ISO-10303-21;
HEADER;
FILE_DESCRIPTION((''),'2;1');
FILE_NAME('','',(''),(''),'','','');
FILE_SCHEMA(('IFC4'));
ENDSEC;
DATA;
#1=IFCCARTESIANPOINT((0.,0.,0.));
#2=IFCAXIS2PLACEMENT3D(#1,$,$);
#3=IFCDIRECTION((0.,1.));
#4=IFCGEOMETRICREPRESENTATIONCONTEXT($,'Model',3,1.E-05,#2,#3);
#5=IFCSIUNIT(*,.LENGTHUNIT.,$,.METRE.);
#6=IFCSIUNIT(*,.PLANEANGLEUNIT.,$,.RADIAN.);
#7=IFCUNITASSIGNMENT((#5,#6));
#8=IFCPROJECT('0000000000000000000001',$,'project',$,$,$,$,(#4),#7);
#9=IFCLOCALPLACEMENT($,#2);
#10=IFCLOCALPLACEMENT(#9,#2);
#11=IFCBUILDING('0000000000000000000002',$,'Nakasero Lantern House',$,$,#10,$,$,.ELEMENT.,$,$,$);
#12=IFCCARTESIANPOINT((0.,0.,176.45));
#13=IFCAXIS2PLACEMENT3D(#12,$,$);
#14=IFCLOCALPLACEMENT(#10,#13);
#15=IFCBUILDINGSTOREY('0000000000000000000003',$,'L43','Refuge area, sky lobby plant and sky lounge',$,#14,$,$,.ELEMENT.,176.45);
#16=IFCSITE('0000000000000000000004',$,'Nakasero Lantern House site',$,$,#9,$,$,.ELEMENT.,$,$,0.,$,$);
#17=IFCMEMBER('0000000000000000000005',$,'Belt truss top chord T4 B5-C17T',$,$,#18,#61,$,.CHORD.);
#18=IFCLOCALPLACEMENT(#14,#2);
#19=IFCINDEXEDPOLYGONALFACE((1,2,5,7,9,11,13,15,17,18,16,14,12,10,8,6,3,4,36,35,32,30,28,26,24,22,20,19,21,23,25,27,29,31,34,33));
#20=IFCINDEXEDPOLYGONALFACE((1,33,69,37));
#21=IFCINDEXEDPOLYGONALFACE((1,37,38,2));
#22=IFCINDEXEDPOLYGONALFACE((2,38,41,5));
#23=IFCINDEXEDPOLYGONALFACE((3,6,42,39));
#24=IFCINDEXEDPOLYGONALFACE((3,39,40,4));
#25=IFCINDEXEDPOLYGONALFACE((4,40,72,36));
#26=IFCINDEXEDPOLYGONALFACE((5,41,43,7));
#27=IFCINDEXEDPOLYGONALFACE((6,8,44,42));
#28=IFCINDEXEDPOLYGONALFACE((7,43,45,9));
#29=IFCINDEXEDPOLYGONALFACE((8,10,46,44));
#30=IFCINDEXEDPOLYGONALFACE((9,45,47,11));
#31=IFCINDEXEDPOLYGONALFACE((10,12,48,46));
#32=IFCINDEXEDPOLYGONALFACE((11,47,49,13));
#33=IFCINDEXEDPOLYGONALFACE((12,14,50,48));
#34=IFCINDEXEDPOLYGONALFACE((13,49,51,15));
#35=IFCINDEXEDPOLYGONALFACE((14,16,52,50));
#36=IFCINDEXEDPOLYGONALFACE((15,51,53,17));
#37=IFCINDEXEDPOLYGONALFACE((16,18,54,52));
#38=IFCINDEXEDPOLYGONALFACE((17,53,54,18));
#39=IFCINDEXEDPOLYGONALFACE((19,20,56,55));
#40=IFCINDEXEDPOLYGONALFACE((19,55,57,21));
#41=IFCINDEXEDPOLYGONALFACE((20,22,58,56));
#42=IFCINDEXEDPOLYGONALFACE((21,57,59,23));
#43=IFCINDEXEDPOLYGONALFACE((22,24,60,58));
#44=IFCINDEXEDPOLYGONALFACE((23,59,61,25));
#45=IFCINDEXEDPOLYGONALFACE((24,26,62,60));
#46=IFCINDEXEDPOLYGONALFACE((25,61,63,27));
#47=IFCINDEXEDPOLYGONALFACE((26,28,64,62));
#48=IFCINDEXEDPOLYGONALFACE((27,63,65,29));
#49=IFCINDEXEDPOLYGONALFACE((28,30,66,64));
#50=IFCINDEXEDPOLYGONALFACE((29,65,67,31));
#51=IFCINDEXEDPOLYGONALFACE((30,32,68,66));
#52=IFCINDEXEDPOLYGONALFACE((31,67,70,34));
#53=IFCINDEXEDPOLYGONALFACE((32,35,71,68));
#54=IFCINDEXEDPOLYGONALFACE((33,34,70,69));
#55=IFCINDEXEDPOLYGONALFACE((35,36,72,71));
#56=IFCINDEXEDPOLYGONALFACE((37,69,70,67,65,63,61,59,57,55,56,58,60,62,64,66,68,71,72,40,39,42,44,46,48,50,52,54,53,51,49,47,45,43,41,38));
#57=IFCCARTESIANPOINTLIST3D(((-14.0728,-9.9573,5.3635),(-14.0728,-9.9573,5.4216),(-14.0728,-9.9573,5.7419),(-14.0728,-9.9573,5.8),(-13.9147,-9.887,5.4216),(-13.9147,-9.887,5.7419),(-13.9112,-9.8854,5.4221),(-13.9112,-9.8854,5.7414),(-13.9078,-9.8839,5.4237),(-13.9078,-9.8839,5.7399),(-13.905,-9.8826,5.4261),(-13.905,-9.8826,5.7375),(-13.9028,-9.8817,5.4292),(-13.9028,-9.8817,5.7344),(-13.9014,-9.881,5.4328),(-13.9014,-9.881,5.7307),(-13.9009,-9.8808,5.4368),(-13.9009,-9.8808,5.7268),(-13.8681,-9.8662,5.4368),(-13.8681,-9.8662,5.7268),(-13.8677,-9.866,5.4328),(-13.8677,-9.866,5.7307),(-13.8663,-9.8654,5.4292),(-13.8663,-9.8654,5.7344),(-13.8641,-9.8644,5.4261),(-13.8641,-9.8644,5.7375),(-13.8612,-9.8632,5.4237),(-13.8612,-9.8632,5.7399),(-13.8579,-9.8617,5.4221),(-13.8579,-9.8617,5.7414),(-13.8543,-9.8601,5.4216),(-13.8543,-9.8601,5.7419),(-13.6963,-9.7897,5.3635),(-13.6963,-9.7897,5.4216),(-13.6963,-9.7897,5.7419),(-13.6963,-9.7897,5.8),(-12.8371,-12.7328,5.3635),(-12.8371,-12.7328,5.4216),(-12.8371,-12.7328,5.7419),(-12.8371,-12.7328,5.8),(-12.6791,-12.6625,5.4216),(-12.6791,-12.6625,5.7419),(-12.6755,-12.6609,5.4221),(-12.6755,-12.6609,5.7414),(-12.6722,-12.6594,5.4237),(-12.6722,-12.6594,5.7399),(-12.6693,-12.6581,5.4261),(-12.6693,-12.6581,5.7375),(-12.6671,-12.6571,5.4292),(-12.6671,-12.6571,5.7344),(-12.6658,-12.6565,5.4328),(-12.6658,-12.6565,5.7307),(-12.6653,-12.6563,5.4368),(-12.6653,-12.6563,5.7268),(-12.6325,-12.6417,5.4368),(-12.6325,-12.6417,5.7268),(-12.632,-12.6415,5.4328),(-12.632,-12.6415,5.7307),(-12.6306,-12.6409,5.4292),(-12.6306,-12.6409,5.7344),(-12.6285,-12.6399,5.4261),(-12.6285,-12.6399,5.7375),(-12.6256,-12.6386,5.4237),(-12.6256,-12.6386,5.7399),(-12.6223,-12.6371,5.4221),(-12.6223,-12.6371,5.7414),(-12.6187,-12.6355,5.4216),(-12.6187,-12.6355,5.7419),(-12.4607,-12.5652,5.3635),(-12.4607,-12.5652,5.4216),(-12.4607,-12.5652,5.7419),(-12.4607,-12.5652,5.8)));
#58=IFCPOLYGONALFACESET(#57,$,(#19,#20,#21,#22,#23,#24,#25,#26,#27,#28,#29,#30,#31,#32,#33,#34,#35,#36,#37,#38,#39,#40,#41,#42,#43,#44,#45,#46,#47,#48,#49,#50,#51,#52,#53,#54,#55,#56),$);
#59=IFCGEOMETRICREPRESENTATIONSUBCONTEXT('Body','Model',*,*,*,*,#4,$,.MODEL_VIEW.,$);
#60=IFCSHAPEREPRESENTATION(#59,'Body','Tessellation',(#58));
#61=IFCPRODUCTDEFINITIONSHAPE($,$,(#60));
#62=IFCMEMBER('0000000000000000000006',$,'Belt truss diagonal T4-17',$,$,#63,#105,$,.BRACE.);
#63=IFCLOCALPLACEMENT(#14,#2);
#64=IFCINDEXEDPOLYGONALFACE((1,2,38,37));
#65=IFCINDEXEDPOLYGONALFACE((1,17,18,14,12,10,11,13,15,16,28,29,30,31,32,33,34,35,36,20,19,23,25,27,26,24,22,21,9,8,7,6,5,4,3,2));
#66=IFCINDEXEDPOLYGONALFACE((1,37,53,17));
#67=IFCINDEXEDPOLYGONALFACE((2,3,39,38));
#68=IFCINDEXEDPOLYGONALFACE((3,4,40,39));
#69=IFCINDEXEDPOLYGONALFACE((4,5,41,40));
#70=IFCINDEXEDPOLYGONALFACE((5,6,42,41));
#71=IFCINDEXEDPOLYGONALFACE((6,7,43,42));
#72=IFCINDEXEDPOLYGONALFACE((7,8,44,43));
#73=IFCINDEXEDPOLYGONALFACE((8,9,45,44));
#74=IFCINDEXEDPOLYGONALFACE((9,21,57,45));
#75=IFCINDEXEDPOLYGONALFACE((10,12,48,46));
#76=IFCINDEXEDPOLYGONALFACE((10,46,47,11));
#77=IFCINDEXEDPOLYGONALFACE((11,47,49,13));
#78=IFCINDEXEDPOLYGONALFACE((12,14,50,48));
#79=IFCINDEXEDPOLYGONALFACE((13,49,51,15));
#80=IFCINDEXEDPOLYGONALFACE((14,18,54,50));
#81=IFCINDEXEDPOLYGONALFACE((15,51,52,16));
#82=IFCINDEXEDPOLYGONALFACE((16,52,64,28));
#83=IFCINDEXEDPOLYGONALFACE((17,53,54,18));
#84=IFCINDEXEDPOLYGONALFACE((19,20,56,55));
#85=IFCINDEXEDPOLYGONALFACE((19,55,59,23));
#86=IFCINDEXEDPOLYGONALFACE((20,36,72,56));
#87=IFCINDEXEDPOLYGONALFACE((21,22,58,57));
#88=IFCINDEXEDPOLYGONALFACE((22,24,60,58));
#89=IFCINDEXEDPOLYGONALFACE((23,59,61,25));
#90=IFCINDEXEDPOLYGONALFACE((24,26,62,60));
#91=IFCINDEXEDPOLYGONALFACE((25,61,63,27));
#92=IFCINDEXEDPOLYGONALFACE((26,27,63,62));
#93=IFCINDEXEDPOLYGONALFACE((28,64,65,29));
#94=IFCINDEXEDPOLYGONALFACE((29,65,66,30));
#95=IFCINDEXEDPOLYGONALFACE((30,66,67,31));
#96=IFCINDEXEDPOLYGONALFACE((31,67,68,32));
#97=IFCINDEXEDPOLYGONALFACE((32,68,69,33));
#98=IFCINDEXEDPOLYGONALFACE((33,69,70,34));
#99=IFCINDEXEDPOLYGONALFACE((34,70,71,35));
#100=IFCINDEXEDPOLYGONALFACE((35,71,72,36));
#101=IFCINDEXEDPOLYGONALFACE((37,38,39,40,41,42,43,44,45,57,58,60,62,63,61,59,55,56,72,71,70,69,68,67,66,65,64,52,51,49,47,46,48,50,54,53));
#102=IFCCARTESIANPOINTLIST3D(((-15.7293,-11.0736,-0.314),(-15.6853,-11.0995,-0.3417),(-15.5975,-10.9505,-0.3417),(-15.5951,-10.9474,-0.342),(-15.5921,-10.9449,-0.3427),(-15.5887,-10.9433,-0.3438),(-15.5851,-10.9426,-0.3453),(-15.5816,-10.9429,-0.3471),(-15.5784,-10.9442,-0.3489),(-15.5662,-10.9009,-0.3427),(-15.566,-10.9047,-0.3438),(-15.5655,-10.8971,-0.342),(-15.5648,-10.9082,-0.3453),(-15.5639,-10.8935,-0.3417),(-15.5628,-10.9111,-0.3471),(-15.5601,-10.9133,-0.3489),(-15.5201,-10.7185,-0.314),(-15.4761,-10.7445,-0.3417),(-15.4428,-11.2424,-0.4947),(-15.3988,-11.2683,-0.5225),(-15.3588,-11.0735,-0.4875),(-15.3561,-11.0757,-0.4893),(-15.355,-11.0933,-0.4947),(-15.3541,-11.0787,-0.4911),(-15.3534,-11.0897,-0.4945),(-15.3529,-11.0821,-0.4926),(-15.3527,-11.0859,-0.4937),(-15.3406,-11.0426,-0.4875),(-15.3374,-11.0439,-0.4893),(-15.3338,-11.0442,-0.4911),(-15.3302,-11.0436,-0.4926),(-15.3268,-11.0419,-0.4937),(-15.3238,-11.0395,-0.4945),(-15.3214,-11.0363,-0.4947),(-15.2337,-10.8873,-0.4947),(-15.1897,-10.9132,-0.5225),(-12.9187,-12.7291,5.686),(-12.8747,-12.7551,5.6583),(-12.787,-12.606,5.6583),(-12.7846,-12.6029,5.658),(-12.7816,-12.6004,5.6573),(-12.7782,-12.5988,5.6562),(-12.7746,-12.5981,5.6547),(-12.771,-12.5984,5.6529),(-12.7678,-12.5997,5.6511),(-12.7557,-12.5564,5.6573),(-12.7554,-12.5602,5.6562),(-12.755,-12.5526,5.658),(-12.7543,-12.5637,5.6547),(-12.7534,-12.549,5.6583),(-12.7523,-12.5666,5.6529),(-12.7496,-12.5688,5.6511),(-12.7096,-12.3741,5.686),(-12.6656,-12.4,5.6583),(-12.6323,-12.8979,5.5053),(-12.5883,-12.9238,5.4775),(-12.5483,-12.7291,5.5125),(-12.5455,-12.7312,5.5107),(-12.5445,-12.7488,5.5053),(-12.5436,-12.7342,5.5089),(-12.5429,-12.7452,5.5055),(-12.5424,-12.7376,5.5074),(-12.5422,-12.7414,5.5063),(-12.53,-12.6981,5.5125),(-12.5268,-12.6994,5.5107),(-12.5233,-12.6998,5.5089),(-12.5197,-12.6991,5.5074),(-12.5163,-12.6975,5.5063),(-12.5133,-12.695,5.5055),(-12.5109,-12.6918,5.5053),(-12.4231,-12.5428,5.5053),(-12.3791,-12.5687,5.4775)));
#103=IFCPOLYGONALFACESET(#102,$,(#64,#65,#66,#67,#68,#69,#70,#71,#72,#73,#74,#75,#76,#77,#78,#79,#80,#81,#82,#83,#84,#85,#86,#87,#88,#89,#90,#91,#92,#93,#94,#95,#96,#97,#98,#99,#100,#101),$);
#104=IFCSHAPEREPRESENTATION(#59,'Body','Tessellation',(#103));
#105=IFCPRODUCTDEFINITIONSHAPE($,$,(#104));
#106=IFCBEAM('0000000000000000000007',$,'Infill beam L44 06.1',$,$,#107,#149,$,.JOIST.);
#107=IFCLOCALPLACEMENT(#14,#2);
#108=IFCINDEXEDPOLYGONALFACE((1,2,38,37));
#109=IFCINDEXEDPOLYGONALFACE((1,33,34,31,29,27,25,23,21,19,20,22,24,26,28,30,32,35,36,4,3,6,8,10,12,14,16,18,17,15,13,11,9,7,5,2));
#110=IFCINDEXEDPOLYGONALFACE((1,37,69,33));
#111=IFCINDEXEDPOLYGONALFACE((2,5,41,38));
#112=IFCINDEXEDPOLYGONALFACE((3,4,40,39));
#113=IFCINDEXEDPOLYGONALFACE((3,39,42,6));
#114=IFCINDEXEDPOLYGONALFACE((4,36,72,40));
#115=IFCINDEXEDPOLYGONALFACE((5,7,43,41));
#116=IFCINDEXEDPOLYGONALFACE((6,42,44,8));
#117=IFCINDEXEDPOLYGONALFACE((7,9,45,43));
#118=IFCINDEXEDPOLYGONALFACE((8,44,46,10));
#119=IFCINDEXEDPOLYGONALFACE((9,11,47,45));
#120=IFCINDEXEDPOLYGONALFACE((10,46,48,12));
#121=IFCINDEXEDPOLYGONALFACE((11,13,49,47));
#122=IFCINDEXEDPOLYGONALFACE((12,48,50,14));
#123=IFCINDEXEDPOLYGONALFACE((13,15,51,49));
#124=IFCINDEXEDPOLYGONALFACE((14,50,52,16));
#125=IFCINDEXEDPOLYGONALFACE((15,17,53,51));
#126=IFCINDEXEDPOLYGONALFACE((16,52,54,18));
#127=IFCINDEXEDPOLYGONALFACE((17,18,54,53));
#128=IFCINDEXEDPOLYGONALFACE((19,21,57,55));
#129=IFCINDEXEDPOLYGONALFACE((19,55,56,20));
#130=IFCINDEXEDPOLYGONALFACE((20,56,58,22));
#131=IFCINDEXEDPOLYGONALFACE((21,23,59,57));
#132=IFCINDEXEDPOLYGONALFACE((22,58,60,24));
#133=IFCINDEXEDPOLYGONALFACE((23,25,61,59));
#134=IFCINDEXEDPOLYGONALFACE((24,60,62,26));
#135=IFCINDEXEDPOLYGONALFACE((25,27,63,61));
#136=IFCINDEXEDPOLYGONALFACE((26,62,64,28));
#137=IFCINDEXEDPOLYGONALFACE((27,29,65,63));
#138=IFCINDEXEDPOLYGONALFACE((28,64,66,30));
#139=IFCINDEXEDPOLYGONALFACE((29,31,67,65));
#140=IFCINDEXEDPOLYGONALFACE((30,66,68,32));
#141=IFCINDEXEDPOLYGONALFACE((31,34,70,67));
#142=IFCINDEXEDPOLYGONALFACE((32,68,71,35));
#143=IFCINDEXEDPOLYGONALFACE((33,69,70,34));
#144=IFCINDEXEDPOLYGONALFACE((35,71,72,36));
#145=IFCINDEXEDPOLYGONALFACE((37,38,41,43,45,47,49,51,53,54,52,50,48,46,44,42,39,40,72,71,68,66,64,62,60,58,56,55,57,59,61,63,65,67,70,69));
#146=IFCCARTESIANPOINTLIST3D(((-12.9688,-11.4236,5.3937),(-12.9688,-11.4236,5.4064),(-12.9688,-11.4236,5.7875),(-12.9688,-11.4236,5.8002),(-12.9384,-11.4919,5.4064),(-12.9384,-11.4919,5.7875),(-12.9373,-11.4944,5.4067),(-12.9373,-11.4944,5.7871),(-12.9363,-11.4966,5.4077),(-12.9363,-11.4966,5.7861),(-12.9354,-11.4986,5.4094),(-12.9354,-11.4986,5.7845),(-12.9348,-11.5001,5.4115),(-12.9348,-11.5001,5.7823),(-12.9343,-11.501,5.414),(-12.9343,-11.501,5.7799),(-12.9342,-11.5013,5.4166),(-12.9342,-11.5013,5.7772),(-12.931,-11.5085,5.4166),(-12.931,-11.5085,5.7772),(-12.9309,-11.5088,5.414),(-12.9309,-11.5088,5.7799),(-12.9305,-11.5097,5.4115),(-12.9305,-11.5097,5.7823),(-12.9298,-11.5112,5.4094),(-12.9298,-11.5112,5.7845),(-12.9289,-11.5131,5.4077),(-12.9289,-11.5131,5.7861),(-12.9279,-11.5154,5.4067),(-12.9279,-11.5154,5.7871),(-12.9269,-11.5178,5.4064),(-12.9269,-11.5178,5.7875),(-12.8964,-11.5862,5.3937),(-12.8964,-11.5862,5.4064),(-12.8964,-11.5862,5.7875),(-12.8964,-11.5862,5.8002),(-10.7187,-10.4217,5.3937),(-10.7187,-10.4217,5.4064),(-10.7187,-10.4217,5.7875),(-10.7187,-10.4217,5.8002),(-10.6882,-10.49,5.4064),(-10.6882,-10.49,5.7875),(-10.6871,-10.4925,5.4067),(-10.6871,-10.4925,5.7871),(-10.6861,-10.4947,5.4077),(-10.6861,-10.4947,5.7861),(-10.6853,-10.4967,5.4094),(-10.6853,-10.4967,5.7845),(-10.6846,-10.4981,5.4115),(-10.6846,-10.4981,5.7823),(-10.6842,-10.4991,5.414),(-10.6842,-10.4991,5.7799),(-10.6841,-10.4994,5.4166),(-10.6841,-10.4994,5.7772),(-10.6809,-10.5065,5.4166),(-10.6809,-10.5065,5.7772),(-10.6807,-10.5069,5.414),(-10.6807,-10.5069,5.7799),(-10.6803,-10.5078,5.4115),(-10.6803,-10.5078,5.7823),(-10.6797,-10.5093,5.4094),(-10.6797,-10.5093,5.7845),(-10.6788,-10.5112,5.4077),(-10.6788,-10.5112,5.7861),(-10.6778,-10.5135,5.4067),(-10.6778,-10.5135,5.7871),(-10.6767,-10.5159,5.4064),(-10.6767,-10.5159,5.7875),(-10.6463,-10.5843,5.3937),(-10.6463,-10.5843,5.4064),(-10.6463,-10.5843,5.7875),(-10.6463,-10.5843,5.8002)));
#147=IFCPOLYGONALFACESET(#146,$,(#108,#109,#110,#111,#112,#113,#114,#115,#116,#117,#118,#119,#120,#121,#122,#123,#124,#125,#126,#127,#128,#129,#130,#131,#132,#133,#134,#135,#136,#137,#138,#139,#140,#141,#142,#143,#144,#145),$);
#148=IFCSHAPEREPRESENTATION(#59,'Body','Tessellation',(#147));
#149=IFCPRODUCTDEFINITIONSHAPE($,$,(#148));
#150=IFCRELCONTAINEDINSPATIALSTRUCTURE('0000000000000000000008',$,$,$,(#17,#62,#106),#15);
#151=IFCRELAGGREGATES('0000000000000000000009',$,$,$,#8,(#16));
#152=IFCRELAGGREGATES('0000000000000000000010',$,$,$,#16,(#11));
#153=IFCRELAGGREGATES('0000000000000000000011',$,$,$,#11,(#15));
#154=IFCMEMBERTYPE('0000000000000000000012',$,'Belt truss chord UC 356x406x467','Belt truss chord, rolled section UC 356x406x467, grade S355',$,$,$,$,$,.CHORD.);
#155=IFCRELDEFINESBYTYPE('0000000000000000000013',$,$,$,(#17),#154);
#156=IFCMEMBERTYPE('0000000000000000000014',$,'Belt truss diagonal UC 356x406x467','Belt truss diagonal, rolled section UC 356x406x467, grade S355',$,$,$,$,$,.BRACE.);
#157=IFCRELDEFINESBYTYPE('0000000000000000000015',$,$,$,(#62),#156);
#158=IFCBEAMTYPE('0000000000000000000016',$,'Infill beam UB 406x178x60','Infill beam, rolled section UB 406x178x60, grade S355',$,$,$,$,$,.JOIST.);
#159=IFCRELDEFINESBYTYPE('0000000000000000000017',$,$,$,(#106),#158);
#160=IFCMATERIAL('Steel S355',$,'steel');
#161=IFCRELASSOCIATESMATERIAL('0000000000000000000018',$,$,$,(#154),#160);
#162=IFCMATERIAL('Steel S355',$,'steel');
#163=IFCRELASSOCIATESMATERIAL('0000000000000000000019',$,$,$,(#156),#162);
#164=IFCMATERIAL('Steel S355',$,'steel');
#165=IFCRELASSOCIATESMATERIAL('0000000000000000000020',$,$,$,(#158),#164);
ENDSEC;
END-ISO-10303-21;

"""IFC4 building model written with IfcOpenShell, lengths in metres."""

from ifc_helpers import new_model, si_unit, direction, frame, origin, origin_2d, place, context, subcontext, project, spatial, i_section, extrude, material, material_profile, profile_set, type_object, element, save


model = new_model("IFC4")

# Units and contexts
model_context = context("Model", 3, precision=1e-05, world=origin(), true_north=direction((0.0, 1.0)))
body_context = subcontext(model_context, "Body", "Model", "MODEL_VIEW")
ifc_project = project(units=[si_unit("LENGTHUNIT", "METRE"), si_unit("PLANEANGLEUNIT", "RADIAN")], contexts=[model_context])

# Site, building, storey
site_placement = place(None, origin())
site = spatial("IfcSite", under=ifc_project, at=site_placement, Name="Nakasero Lantern House site", CompositionType="ELEMENT", RefElevation=0.0)
building_placement = place(site_placement, origin())
building = spatial("IfcBuilding", under=site, at=building_placement, Name="Nakasero Lantern House", CompositionType="ELEMENT")
storey_placement = place(building_placement, frame((0.0, 0.0, 176.45)))
storey = spatial("IfcBuildingStorey", under=building, at=storey_placement, Name="L43", Description="Refuge area, sky lobby plant and sky lounge", CompositionType="ELEMENT", Elevation=176.45)

# Members
ifc_material_1 = material(Name="Steel S355", Category="steel")
ifc_material_profile_1 = material_profile(ifc_material_1, i_section(OverallWidth=0.4121, OverallDepth=0.4365, WebThickness=0.0359, FlangeThickness=0.0581, FilletRadius=0.0151, at=origin_2d()), Name="UC 356x406x467")
ifc_profile_set_1 = profile_set([ifc_material_profile_1], Name="Steel S355")
member_type_1 = type_object("IfcMemberType", Name="Belt truss chord UC 356x406x467", Description="Belt truss chord, rolled section UC 356x406x467, grade S355", PredefinedType="CHORD", material=ifc_profile_set_1)
member_1_placement = place(storey_placement, frame((-13.8845, -9.8735, 5.5818), z_axis=(0.406713, -0.913556, 0.0), x_axis=(0.913556, 0.406713, 0.0)))
element("IfcMember", 1, at=member_1_placement, inside=storey, type_object=member_type_1, Name="Belt truss top chord T4 B5-C17T", PredefinedType="CHORD", context=body_context, shape_type="SweptSolid", body=[
    extrude(i_section(OverallWidth=0.4121, OverallDepth=0.4365, WebThickness=0.0359, FlangeThickness=0.0581, FilletRadius=0.0151, at=origin_2d()), origin(), (0.0, 0.0, 1.0), 3.0381),
])
ifc_material_2 = material(Name="Steel S355", Category="steel")
ifc_material_profile_2 = material_profile(ifc_material_2, i_section(OverallWidth=0.4121, OverallDepth=0.4365, WebThickness=0.0359, FlangeThickness=0.0581, FilletRadius=0.0151, at=origin_2d()), Name="UC 356x406x467")
ifc_profile_set_2 = profile_set([ifc_material_profile_2], Name="Steel S355")
member_type_2 = type_object("IfcMemberType", Name="Belt truss diagonal UC 356x406x467", Description="Belt truss diagonal, rolled section UC 356x406x467, grade S355", PredefinedType="BRACE", material=ifc_profile_set_2)
member_2_placement = place(storey_placement, frame((-15.4595, -10.9934, -0.4182), z_axis=(0.41154, -0.242412, 0.878562), x_axis=(0.507534, 0.861632, 0.0)))
element("IfcMember", 2, at=member_2_placement, inside=storey, type_object=member_type_2, Name="Belt truss diagonal T4-17", PredefinedType="BRACE", context=body_context, shape_type="SweptSolid", body=[
    extrude(i_section(OverallWidth=0.4121, OverallDepth=0.4365, WebThickness=0.0359, FlangeThickness=0.0581, FilletRadius=0.0151, at=origin_2d()), origin(), (0.0, 0.0, 1.0), 6.8293),
])

# Beam
ifc_material_3 = material(Name="Steel S355", Category="steel")
ifc_material_profile_3 = material_profile(ifc_material_3, i_section(OverallWidth=0.178, OverallDepth=0.4065, WebThickness=0.0078, FlangeThickness=0.0127, FilletRadius=0.0103, at=origin_2d()), Name="UB 406x178x60")
ifc_profile_set_3 = profile_set([ifc_material_profile_3], Name="Steel S355")
beam_type_1 = type_object("IfcBeamType", Name="Infill beam UB 406x178x60", Description="Infill beam, rolled section UB 406x178x60, grade S355", PredefinedType="JOIST", material=ifc_profile_set_3)
beam_1_placement = place(storey_placement, frame((-12.9326, -11.5049, 5.5969), z_axis=(0.913533, 0.406764, 0.0), x_axis=(-0.406764, 0.913533, 0.0)))
element("IfcBeam", 3, at=beam_1_placement, inside=storey, type_object=beam_type_1, Name="Infill beam L44 06.1", PredefinedType="JOIST", context=body_context, shape_type="SweptSolid", body=[
    extrude(i_section(OverallWidth=0.178, OverallDepth=0.4065, WebThickness=0.0078, FlangeThickness=0.0127, FilletRadius=0.0103, at=origin_2d()), origin(), (0.0, 0.0, 1.0), 2.4631),
])

save(model, "model.ifc")
